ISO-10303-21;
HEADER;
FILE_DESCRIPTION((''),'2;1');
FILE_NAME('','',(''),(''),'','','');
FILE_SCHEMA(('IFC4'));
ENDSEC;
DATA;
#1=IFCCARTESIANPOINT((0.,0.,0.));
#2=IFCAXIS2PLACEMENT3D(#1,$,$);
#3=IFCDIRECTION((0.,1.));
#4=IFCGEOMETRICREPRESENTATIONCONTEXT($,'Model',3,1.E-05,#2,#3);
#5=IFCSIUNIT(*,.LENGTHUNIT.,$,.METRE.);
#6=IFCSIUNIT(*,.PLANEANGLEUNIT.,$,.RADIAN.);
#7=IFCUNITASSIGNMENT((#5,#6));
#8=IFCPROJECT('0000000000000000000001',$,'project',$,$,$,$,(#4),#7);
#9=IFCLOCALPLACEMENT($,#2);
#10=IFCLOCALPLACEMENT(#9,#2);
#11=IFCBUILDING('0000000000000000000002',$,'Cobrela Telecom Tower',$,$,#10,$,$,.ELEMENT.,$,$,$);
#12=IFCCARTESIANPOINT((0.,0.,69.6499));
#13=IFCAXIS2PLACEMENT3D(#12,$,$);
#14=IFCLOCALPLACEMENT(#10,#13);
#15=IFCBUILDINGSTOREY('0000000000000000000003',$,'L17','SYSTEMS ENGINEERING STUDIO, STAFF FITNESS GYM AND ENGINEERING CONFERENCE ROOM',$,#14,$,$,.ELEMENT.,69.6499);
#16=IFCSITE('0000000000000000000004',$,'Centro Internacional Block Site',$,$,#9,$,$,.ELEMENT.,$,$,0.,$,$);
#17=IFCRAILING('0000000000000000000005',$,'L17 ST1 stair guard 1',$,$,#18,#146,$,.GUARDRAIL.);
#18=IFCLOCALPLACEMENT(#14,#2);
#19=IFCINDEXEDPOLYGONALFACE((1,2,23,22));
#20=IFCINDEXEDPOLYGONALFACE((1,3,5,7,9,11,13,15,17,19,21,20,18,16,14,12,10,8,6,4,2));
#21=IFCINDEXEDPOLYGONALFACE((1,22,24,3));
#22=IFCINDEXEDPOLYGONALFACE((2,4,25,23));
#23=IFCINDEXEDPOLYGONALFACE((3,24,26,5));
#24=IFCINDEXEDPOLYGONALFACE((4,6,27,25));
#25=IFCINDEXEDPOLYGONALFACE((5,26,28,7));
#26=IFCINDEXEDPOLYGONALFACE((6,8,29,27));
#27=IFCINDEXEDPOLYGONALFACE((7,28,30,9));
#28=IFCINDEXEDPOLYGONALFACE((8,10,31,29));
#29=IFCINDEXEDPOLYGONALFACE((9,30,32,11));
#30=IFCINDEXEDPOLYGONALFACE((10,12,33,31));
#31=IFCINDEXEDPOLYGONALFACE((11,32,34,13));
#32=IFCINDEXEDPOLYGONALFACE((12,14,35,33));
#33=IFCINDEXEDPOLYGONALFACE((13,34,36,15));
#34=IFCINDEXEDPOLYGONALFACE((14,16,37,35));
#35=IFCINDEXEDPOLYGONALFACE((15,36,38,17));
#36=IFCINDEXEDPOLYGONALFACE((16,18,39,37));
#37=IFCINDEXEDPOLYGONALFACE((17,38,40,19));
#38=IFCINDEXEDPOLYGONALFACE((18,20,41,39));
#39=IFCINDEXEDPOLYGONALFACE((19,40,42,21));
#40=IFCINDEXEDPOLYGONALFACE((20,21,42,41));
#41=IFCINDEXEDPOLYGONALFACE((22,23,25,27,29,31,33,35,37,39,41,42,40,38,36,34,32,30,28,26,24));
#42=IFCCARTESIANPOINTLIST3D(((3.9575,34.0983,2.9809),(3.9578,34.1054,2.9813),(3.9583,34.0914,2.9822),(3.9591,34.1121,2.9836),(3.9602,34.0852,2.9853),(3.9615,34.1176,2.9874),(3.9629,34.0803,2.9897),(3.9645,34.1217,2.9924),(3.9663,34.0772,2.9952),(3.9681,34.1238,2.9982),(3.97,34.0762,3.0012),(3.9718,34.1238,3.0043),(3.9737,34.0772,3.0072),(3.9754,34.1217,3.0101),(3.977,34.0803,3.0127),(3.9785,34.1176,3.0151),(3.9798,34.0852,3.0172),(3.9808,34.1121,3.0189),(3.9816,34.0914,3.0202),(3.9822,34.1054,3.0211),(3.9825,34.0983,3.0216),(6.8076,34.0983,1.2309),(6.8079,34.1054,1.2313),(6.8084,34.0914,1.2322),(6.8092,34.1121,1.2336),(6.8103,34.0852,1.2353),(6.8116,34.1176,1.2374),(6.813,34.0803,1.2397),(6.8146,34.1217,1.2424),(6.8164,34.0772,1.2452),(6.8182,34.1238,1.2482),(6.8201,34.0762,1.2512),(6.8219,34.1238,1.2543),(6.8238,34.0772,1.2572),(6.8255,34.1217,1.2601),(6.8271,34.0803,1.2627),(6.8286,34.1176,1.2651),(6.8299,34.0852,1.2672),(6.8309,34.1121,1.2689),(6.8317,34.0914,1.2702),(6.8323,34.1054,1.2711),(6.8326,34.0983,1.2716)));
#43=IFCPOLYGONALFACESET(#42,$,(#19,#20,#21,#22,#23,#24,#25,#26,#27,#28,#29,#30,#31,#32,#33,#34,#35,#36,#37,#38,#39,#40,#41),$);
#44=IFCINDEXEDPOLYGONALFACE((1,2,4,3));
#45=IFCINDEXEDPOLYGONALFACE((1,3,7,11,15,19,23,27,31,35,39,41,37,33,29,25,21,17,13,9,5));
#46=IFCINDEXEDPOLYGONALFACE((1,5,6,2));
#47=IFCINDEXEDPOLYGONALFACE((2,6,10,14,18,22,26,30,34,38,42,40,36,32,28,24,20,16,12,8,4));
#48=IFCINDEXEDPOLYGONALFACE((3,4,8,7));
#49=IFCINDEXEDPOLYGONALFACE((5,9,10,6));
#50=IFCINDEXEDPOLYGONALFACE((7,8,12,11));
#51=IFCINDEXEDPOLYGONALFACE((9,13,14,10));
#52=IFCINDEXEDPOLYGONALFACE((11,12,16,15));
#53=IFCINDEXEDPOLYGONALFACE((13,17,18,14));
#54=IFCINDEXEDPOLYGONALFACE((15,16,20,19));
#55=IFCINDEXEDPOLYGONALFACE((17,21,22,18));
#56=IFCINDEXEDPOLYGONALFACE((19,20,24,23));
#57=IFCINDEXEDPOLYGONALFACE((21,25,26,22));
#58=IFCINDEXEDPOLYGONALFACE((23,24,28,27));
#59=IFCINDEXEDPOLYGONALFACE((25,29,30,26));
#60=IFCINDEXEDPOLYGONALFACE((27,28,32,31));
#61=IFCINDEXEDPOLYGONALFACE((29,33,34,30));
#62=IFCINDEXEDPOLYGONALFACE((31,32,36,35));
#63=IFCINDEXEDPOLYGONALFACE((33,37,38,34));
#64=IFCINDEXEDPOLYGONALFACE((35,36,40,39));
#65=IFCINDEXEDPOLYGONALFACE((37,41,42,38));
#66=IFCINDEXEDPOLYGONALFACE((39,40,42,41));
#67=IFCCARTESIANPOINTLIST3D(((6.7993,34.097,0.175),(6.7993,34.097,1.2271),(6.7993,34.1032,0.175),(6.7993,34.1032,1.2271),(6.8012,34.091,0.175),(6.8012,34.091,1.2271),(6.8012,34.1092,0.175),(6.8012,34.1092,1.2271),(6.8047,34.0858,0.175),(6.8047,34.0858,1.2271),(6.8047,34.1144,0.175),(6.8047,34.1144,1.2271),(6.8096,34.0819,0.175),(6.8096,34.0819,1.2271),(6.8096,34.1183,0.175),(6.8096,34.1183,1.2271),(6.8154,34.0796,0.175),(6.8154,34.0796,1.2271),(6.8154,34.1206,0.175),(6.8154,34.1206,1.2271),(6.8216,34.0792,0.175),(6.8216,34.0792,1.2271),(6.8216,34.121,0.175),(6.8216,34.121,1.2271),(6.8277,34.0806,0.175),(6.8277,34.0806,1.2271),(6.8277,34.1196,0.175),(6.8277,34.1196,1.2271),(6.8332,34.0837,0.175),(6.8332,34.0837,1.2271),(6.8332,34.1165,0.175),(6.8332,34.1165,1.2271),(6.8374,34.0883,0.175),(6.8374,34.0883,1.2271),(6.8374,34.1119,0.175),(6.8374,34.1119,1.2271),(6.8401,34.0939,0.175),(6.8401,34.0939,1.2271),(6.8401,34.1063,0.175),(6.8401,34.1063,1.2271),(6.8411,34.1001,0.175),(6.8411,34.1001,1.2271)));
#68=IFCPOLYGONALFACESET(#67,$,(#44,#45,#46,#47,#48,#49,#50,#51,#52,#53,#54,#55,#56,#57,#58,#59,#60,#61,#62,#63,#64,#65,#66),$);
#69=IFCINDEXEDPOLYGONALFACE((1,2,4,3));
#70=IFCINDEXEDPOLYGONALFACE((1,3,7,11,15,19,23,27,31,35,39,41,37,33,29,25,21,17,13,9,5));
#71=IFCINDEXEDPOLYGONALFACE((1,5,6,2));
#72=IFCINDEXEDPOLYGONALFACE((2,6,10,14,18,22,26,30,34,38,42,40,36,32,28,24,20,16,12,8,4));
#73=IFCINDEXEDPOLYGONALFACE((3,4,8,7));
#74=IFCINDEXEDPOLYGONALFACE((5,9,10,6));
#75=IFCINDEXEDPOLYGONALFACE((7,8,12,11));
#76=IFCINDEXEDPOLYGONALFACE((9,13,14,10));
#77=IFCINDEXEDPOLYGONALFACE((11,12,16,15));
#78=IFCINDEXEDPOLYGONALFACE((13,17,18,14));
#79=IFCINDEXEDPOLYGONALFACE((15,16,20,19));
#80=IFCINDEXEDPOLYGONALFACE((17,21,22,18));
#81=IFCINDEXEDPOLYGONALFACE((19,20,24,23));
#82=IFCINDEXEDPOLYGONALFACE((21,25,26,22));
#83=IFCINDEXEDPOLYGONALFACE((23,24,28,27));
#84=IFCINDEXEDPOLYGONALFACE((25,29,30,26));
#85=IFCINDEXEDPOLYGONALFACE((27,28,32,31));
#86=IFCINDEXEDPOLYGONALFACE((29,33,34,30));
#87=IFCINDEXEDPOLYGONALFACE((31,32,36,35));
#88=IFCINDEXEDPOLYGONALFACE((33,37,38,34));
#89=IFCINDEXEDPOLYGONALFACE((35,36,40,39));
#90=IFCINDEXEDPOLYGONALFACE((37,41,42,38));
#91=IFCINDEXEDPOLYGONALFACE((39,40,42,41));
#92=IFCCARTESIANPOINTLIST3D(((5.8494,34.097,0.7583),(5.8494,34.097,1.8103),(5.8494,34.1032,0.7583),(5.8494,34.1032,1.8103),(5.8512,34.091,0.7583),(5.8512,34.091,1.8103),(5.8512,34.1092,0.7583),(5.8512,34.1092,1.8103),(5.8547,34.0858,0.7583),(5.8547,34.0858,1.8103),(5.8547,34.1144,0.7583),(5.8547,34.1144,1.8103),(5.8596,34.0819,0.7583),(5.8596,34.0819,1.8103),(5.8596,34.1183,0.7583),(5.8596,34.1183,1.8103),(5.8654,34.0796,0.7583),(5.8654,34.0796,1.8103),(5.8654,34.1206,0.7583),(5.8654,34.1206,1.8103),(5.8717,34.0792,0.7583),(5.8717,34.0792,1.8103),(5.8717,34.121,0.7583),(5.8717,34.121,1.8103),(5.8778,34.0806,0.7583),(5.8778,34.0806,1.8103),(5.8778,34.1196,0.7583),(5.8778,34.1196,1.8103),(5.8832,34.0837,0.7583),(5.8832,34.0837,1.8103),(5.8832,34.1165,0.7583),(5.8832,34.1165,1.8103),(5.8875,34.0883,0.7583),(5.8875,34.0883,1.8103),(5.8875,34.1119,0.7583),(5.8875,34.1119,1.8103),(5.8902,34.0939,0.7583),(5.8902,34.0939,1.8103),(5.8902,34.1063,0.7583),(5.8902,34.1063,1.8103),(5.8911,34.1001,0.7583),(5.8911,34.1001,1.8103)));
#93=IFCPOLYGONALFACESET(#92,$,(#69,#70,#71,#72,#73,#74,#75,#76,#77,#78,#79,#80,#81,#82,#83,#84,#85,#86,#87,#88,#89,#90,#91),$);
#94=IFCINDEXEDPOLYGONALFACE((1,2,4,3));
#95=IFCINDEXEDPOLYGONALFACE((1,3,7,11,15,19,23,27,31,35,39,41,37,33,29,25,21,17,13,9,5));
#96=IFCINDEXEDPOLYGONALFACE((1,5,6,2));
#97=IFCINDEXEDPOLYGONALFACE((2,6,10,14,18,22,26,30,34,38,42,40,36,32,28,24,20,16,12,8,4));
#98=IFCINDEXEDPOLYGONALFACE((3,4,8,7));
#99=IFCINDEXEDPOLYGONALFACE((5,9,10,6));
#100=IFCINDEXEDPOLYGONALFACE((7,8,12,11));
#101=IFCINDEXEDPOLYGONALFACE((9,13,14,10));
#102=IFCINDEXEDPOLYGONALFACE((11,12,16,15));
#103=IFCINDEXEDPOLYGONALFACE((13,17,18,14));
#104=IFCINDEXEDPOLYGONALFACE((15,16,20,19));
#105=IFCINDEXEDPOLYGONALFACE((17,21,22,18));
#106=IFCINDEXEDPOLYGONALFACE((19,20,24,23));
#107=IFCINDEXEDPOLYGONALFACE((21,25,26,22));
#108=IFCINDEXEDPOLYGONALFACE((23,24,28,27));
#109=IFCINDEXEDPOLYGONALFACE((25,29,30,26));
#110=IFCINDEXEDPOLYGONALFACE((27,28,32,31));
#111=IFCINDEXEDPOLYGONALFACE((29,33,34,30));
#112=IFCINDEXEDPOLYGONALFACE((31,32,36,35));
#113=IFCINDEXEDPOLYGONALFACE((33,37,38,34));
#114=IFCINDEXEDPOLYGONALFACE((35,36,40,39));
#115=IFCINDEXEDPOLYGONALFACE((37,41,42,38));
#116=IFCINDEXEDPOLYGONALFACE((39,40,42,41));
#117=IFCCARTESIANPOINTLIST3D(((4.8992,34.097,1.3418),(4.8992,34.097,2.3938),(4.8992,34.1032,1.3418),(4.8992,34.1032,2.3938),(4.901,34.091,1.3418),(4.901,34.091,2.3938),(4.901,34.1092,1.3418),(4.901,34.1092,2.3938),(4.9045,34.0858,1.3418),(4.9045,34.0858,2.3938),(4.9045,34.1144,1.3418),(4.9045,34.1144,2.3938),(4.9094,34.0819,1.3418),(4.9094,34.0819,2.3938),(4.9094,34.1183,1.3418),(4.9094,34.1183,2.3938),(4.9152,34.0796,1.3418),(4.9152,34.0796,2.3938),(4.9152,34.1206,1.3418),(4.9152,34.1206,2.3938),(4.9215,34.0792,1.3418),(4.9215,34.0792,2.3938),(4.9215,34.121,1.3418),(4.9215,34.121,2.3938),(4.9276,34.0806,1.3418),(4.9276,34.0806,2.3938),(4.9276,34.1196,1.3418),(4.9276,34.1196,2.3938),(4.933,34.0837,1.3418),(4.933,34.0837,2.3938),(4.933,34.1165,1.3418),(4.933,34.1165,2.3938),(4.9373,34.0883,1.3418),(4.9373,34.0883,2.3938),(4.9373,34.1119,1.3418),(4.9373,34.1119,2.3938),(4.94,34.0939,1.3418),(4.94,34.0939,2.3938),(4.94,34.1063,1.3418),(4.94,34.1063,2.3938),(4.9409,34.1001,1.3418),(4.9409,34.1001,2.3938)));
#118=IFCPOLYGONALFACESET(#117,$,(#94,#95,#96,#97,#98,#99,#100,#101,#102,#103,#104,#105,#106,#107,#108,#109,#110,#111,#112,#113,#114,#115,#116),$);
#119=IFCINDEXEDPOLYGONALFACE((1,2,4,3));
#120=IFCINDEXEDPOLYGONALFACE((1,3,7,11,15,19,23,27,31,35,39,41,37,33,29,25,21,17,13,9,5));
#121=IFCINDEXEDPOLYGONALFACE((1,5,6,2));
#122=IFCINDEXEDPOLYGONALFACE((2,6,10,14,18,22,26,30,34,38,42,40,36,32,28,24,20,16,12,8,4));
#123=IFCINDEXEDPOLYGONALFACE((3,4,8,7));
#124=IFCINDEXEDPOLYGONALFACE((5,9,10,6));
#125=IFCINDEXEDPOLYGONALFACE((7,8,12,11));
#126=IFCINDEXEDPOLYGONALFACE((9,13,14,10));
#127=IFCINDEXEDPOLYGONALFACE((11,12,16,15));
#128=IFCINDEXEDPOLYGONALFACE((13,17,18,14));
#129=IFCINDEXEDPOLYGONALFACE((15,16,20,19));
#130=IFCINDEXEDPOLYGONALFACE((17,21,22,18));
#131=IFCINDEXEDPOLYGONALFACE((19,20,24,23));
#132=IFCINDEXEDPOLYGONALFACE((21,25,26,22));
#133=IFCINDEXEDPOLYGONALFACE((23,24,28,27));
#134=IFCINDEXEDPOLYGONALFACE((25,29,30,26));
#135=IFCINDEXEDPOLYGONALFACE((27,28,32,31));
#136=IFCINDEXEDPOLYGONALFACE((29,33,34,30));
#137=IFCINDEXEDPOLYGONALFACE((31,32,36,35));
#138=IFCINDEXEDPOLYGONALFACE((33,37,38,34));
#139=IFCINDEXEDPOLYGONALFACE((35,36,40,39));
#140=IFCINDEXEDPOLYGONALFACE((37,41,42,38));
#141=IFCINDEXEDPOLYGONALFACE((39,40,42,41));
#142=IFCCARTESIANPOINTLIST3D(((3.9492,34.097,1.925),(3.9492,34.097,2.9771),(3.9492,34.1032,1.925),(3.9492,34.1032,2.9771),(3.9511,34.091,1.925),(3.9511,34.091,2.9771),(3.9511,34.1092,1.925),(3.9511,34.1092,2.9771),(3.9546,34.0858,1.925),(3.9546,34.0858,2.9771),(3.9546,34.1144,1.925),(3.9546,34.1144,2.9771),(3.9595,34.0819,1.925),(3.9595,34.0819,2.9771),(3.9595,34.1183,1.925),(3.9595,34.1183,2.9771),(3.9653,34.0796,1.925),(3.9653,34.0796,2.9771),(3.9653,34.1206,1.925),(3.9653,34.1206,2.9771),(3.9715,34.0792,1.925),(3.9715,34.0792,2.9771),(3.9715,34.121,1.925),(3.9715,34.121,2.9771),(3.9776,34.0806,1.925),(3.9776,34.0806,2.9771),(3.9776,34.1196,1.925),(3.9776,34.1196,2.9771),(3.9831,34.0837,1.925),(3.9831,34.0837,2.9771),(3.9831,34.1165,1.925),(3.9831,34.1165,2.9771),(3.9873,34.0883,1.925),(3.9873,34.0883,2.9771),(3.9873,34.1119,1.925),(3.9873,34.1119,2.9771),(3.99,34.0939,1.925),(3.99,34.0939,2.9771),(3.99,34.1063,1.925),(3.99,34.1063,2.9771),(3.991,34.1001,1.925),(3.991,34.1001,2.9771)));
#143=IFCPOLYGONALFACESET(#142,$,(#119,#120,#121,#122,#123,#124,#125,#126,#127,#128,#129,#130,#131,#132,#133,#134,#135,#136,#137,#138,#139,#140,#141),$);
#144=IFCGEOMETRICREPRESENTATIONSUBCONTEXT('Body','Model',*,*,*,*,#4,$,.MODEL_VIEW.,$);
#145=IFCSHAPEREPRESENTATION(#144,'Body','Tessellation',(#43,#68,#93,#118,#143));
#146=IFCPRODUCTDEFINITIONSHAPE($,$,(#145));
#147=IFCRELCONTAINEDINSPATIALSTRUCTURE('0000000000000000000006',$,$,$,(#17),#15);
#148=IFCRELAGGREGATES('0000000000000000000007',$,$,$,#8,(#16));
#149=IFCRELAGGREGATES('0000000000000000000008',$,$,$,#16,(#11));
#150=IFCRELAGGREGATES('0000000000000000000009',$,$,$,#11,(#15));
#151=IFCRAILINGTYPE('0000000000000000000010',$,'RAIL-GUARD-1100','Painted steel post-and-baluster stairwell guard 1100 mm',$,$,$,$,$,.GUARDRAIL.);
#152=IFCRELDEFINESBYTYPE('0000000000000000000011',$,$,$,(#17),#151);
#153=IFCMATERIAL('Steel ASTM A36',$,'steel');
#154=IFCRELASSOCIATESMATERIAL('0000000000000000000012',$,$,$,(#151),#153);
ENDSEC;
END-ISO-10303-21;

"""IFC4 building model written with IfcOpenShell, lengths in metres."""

from ifc_helpers import new_model, si_unit, direction, frame, origin, origin_2d, place, context, subcontext, project, spatial, circle, extrude, material, type_object, element, save


model = new_model("IFC4")

# Units and contexts
model_context = context("Model", 3, precision=1e-05, world=origin(), true_north=direction((0.0, 1.0)))
body_context = subcontext(model_context, "Body", "Model", "MODEL_VIEW")
ifc_project = project(units=[si_unit("LENGTHUNIT", "METRE"), si_unit("PLANEANGLEUNIT", "RADIAN")], contexts=[model_context])

# Site, building, storey
site_placement = place(None, origin())
site = spatial("IfcSite", under=ifc_project, at=site_placement, Name="Centro Internacional Block Site", CompositionType="ELEMENT", RefElevation=0.0)
building_placement = place(site_placement, origin())
building = spatial("IfcBuilding", under=site, at=building_placement, Name="Cobrela Telecom Tower", CompositionType="ELEMENT")
storey_placement = place(building_placement, frame((0.0, 0.0, 69.6499)))
storey = spatial("IfcBuildingStorey", under=building, at=storey_placement, Name="L17", Description="SYSTEMS ENGINEERING STUDIO, STAFF FITNESS GYM AND ENGINEERING CONFERENCE ROOM", CompositionType="ELEMENT", Elevation=69.6499)

# Shared definitions
ifc_material_1 = material(Name="Steel ASTM A36", Category="steel")

# Railing
railing_type_1 = type_object("IfcRailingType", Name="RAIL-GUARD-1100", Description="Painted steel post-and-baluster stairwell guard 1100 mm", PredefinedType="GUARDRAIL", material=ifc_material_1)
railing_1_placement = place(storey_placement, frame((6.8201, 34.1001, 0.175)))
element("IfcRailing", 1, at=railing_1_placement, inside=storey, type_object=railing_type_1, Name="L17 ST1 stair guard 1", PredefinedType="GUARDRAIL", context=body_context, shape_type="SweptSolid", body=[
    extrude(circle(Radius=0.0239, at=origin_2d()), frame((0.0, 0.0, 1.0762), z_axis=(-0.852179, 0.0, 0.52325), x_axis=(0.0, -1.0, 0.0)), (0.0, 0.0, 1.0), 3.3445),
    extrude(circle(Radius=0.021, at=origin_2d()), origin(), (0.0, 0.0, 1.0), 1.052),
    extrude(circle(Radius=0.021, at=origin_2d()), frame((-0.95, 0.0, 0.5833)), (0.0, 0.0, 1.0), 1.052),
    extrude(circle(Radius=0.021, at=origin_2d()), frame((-1.9001, 0.0, 1.1667)), (0.0, 0.0, 1.0), 1.052),
    extrude(circle(Radius=0.021, at=origin_2d()), frame((-2.8501, 0.0, 1.75)), (0.0, 0.0, 1.0), 1.052),
])

save(model, "model.ifc")
